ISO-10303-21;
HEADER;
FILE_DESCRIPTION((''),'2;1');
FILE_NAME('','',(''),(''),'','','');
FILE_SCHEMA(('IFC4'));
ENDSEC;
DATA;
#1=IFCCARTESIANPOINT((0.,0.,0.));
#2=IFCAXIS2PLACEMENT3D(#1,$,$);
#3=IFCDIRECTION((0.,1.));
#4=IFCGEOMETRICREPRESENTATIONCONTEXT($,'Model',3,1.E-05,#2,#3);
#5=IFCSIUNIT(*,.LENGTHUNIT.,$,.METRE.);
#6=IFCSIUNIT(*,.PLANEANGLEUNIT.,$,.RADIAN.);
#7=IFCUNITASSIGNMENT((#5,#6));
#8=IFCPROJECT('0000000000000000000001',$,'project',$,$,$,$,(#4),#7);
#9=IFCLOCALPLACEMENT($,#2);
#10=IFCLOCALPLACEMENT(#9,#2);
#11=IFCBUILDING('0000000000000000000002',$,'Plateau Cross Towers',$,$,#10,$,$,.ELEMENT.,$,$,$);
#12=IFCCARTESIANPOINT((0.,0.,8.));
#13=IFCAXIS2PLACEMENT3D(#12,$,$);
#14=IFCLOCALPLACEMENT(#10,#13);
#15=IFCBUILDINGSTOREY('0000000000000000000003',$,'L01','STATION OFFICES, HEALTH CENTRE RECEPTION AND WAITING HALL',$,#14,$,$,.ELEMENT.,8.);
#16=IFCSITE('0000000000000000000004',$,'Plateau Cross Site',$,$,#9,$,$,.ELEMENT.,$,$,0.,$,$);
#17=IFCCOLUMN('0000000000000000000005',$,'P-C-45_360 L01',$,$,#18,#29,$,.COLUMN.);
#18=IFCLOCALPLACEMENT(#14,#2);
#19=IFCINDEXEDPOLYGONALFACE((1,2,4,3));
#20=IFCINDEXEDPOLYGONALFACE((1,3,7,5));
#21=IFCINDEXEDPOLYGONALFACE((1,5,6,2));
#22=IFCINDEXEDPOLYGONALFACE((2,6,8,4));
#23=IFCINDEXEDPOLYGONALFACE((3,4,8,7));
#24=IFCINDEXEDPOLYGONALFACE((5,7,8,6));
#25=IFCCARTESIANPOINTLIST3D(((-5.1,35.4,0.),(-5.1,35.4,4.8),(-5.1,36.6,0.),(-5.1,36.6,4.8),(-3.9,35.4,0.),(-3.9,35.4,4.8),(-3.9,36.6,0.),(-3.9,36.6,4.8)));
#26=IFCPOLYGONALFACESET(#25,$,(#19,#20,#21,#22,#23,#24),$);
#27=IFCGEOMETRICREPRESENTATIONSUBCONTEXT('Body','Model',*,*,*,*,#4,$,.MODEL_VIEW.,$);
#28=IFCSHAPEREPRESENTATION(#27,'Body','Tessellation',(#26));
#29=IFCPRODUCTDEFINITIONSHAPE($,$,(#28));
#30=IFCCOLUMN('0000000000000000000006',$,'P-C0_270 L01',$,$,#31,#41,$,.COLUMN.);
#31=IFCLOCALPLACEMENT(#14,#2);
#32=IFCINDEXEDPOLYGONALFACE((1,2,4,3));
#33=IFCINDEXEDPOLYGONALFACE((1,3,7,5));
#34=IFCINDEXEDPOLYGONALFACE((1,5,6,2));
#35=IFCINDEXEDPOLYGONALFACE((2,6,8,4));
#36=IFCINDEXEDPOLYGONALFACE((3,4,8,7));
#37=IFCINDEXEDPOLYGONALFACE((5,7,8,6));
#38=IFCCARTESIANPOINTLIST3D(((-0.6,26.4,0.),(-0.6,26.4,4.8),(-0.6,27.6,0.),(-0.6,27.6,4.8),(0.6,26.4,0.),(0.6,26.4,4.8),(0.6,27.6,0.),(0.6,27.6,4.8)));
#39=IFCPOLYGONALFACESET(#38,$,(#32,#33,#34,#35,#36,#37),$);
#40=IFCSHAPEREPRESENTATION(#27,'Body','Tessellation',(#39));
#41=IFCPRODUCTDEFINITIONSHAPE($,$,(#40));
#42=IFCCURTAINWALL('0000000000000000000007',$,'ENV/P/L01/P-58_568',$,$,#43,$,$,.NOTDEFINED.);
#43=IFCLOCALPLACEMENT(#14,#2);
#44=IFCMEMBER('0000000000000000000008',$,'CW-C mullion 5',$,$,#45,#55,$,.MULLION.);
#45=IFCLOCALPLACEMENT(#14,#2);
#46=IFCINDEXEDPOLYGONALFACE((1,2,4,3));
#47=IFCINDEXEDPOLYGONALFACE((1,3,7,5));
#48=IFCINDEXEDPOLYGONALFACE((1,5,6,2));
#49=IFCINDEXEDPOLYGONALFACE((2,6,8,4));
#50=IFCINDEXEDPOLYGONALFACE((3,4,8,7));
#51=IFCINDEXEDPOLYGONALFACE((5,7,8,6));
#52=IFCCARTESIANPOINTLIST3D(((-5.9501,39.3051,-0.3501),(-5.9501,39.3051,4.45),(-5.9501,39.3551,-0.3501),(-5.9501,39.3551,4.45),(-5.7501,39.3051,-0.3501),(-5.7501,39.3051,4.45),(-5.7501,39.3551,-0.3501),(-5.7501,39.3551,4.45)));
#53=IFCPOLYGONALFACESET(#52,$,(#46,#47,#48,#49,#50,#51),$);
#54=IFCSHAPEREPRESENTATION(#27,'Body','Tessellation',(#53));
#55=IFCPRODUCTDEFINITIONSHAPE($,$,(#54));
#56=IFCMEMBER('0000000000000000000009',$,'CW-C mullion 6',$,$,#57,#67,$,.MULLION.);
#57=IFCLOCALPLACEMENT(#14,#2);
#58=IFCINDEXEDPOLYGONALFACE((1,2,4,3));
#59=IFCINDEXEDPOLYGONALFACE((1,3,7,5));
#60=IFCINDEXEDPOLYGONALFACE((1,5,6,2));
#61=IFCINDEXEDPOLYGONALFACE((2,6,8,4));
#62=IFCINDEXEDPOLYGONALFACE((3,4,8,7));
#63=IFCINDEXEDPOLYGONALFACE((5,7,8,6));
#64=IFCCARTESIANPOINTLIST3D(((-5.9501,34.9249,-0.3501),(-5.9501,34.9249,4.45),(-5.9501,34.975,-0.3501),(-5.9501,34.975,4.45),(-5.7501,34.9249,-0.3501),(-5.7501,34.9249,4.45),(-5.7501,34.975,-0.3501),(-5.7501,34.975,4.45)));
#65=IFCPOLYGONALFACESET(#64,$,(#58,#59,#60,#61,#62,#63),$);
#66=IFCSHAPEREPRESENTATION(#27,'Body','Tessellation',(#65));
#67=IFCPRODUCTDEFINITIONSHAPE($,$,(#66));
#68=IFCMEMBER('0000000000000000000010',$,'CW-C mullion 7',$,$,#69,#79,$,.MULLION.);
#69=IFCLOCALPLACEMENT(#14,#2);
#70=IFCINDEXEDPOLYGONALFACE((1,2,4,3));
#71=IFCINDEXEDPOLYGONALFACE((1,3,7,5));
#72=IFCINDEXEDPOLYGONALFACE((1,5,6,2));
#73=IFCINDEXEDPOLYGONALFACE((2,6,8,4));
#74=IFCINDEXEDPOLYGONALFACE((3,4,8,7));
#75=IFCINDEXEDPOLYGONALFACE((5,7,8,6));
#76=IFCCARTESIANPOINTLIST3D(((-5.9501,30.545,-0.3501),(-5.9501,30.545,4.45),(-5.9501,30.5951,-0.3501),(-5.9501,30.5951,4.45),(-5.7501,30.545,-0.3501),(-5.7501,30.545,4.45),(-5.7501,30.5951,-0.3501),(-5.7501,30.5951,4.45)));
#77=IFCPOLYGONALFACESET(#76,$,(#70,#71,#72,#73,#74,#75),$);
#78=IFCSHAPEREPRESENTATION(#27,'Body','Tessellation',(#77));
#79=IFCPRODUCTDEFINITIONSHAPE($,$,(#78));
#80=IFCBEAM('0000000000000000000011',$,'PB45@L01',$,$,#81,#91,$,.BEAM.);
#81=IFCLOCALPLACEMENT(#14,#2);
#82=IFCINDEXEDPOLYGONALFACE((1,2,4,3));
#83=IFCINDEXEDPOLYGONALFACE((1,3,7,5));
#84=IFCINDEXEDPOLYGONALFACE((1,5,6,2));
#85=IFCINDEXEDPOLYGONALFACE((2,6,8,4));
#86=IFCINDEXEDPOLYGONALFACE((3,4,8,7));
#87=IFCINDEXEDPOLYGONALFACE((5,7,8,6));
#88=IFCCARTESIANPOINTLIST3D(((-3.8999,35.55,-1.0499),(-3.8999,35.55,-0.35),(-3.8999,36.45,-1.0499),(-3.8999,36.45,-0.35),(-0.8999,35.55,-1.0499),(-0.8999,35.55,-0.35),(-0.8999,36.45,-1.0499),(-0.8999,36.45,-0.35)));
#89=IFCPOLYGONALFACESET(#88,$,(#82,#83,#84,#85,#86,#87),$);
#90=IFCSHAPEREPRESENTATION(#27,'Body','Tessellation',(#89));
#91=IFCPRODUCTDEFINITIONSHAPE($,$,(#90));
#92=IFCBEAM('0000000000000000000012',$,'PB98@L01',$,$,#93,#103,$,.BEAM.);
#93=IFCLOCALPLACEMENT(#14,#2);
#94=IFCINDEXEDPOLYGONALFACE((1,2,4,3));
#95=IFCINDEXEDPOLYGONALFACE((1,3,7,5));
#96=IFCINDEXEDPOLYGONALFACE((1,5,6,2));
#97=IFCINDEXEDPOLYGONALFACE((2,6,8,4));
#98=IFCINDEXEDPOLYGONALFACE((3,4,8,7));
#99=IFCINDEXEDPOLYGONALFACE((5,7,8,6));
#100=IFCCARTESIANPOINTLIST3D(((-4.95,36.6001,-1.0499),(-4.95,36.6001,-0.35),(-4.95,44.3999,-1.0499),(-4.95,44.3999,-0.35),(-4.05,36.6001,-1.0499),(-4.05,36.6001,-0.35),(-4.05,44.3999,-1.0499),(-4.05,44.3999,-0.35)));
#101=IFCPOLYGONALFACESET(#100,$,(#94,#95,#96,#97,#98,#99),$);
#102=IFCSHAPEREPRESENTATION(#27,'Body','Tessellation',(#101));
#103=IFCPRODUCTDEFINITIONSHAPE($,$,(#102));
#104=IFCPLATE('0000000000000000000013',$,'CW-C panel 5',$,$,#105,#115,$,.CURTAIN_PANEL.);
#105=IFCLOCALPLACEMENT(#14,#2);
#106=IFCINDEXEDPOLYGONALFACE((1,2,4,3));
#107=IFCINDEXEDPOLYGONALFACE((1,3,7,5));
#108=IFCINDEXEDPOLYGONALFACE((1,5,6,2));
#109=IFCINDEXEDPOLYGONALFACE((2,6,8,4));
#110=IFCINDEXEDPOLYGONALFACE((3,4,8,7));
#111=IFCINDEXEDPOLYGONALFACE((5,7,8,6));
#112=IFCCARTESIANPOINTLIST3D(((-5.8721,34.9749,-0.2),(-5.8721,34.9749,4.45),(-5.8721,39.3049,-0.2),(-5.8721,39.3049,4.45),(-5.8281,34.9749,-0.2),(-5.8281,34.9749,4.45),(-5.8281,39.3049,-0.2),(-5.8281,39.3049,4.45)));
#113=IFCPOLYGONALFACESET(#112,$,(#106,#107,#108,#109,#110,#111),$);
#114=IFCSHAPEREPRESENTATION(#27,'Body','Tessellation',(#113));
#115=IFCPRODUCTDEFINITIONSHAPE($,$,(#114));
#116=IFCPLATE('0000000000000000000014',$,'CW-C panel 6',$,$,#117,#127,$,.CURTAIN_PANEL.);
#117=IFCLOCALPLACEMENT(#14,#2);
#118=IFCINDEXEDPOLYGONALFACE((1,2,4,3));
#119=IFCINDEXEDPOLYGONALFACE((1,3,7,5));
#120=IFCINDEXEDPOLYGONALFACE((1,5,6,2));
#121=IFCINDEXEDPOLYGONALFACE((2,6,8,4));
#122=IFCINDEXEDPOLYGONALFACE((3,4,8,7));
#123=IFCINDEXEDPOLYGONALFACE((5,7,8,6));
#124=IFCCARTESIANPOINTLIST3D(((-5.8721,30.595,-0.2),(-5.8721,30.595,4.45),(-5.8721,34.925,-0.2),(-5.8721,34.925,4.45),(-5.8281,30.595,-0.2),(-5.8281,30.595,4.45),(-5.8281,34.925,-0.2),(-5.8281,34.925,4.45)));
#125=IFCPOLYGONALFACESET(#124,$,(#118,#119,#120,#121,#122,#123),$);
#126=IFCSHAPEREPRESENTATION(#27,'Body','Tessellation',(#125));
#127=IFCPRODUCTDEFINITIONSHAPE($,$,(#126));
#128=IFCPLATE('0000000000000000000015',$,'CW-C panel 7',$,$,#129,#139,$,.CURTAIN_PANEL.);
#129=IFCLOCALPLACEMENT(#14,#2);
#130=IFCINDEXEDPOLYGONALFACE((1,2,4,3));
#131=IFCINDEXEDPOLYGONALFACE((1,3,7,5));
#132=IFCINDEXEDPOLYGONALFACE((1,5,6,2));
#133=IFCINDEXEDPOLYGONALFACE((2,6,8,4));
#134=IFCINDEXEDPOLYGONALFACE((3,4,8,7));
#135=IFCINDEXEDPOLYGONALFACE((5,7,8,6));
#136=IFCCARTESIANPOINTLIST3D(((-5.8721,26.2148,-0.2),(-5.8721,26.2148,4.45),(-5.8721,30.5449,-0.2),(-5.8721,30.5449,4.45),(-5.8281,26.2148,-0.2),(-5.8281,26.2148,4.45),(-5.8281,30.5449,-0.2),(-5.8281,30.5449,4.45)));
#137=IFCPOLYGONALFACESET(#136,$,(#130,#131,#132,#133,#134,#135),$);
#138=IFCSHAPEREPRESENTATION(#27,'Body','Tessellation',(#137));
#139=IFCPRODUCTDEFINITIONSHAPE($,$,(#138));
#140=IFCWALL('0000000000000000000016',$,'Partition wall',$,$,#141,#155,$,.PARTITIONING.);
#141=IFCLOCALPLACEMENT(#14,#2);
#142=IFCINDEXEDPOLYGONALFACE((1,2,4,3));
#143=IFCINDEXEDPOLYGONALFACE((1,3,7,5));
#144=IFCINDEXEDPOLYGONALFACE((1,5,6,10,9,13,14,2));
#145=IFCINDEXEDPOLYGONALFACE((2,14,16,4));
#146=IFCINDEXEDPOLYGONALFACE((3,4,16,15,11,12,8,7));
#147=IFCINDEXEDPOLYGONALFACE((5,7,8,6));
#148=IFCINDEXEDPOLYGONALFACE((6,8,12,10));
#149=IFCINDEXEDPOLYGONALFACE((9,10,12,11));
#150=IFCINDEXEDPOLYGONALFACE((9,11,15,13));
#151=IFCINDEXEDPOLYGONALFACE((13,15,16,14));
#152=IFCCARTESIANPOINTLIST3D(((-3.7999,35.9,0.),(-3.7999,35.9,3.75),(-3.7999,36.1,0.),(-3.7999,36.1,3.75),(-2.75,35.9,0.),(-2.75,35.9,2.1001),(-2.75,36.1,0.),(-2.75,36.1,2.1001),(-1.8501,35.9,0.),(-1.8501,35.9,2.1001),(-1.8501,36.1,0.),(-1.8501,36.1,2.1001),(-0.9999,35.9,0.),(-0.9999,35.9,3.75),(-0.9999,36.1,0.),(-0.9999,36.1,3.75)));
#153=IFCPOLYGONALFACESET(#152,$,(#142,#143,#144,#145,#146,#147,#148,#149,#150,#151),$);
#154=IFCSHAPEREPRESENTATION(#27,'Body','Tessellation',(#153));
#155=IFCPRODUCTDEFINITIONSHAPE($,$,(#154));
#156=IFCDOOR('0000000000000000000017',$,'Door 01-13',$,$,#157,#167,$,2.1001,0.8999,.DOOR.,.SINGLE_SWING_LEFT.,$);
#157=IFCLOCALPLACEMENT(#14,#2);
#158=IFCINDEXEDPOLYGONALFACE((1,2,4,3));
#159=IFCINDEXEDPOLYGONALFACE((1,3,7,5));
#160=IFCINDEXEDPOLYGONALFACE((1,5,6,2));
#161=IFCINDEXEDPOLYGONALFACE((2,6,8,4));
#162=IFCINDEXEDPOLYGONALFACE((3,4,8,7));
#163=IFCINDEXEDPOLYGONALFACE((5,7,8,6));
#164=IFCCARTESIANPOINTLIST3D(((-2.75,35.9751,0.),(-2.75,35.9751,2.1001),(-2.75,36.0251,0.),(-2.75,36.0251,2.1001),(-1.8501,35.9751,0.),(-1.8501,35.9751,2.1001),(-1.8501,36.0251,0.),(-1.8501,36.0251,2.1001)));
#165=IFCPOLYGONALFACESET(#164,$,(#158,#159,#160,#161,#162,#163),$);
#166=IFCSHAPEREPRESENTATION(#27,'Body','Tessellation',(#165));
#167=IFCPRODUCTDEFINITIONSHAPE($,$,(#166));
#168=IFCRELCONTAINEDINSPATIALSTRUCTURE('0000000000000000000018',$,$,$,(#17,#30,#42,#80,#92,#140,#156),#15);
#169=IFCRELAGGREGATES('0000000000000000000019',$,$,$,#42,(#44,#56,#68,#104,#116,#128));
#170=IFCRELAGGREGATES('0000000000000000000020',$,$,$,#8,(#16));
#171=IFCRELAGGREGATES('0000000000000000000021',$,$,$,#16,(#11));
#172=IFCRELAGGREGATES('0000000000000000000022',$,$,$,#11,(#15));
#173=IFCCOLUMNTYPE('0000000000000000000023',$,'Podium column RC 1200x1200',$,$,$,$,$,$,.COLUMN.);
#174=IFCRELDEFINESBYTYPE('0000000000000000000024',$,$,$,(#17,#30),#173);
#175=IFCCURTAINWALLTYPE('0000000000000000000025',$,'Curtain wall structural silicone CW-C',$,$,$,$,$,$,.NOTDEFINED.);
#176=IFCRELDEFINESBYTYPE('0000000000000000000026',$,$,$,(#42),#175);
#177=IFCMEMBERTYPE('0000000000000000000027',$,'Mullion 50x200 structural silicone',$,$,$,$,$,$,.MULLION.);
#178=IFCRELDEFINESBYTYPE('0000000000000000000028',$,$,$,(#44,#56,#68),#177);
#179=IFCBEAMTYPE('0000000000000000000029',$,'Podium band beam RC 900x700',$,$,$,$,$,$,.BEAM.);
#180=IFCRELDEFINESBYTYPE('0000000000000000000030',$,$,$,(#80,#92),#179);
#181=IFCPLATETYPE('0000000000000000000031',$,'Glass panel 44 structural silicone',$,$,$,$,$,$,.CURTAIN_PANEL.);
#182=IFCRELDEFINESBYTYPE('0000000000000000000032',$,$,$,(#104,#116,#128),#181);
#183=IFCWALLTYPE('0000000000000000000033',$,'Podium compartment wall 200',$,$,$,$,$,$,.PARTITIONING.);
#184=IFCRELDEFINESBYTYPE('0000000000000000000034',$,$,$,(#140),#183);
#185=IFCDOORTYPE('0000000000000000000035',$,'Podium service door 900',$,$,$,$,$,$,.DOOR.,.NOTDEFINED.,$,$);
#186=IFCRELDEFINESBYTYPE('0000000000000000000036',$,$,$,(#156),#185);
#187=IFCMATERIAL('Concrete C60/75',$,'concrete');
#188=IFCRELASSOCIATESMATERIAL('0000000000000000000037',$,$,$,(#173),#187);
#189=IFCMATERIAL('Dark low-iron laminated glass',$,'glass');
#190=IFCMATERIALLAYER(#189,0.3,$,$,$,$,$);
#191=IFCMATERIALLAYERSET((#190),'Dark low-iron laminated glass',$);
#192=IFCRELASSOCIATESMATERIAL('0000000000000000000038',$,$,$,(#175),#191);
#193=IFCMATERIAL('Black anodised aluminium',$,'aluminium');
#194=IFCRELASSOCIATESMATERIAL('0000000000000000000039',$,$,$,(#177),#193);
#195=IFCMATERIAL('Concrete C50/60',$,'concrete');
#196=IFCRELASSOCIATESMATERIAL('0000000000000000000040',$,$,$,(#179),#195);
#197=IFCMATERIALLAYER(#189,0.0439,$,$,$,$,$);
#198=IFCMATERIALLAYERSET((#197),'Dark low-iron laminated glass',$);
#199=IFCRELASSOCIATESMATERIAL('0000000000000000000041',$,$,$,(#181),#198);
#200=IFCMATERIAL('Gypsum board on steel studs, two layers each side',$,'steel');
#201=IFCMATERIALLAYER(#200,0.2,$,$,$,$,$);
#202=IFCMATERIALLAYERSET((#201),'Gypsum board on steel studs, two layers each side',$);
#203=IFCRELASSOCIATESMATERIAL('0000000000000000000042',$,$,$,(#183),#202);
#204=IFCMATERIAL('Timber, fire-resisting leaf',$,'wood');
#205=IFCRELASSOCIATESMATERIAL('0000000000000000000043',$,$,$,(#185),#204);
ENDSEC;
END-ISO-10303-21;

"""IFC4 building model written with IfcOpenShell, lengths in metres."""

from ifc_helpers import new_model, si_unit, direction, frame, frame_2d, origin, origin_2d, place, context, subcontext, project, spatial, rectangle, extrude, material, layer, layer_set, material_profile, profile_set, type_object, element, fill, aggregate, save


model = new_model("IFC4")

# Units and contexts
model_context = context("Model", 3, precision=1e-05, world=origin(), true_north=direction((0.0, 1.0)))
body_context = subcontext(model_context, "Body", "Model", "MODEL_VIEW")
ifc_project = project(units=[si_unit("LENGTHUNIT", "METRE"), si_unit("PLANEANGLEUNIT", "RADIAN")], contexts=[model_context])

# Site, building, storey
site_placement = place(None, origin())
site = spatial("IfcSite", under=ifc_project, at=site_placement, Name="Plateau Cross Site", CompositionType="ELEMENT", RefElevation=0.0)
building_placement = place(site_placement, origin())
building = spatial("IfcBuilding", under=site, at=building_placement, Name="Plateau Cross Towers", CompositionType="ELEMENT")
storey_placement = place(building_placement, frame((0.0, 0.0, 8.0)))
storey = spatial("IfcBuildingStorey", under=building, at=storey_placement, Name="L01", Description="STATION OFFICES, HEALTH CENTRE RECEPTION AND WAITING HALL", CompositionType="ELEMENT", Elevation=8.0)

# Columns
ifc_material_1 = material(Name="Concrete C60/75", Category="concrete")
ifc_material_profile_1 = material_profile(ifc_material_1, rectangle(XDim=1.2, YDim=1.2, at=origin_2d()), Name="RC 1200x1200")
ifc_profile_set_1 = profile_set([ifc_material_profile_1], Name="Concrete C60/75")
column_type = type_object("IfcColumnType", Name="Podium column RC 1200x1200", PredefinedType="COLUMN", material=ifc_profile_set_1)
for number, where, z_axis, x_axis, name in (
    (1, (-4.5, 36.0, 0.0), (0.0, 0.0, 1.0), (1.0, 0.0, 0.0), "P-C-45_360 L01"),
    (2, (0.0, 27.0, 0.0), (0.0, 0.0, 1.0), (1.0, 0.0, 0.0), "P-C0_270 L01"),
):
    element("IfcColumn", number, at=place(storey_placement, frame(where, z_axis=z_axis, x_axis=x_axis)), inside=storey, type_object=column_type, Name=name, PredefinedType="COLUMN", context=body_context, shape_type="SweptSolid", body=[
        extrude(rectangle(XDim=1.2, YDim=1.2, at=origin_2d()), origin(), (0.0, 0.0, 1.0), 4.8),
    ])

# Curtain wall, members
ifc_material_2 = material(Name="Dark low-iron laminated glass", Category="glass")
ifc_layer_1 = layer(ifc_material_2, 0.3)
ifc_layer_set_1 = layer_set([ifc_layer_1], Name="Dark low-iron laminated glass")
curtain_wall_type = type_object("IfcCurtainWallType", Name="Curtain wall structural silicone CW-C", PredefinedType="NOTDEFINED", material=ifc_layer_set_1)
curtain_wall_placement = place(storey_placement, origin())
curtain_wall = element("IfcCurtainWall", 3, at=curtain_wall_placement, inside=storey, type_object=curtain_wall_type, Name="ENV/P/L01/P-58_568", PredefinedType="NOTDEFINED")
ifc_material_3 = material(Name="Black anodised aluminium", Category="aluminium")
ifc_material_profile_2 = material_profile(ifc_material_3, rectangle(XDim=0.05, YDim=0.2, at=origin_2d()), Name="MULLION 50x200")
ifc_profile_set_2 = profile_set([ifc_material_profile_2], Name="Black anodised aluminium")
member_type = type_object("IfcMemberType", Name="Mullion 50x200 structural silicone", PredefinedType="MULLION", material=ifc_profile_set_2)
member_1_placement = place(storey_placement, frame((-5.8501, 39.3301, -0.3501), z_axis=(0.0, 0.0, 1.0), x_axis=(0.0, -1.0, 0.0)))
member_1 = element("IfcMember", 4, at=member_1_placement, type_object=member_type, Name="CW-C mullion 5", PredefinedType="MULLION", context=body_context, shape_type="SweptSolid", body=[
    extrude(rectangle(XDim=0.05, YDim=0.2, at=origin_2d()), origin(), (0.0, 0.0, 1.0), 4.8),
])
member_2_placement = place(storey_placement, frame((-5.8501, 34.95, -0.3501), z_axis=(0.0, 0.0, 1.0), x_axis=(0.0, -1.0, 0.0)))
member_2 = element("IfcMember", 5, at=member_2_placement, type_object=member_type, Name="CW-C mullion 6", PredefinedType="MULLION", context=body_context, shape_type="SweptSolid", body=[
    extrude(rectangle(XDim=0.05, YDim=0.2, at=origin_2d()), origin(), (0.0, 0.0, 1.0), 4.8),
])
member_3_placement = place(storey_placement, frame((-5.8501, 30.5701, -0.3501), z_axis=(0.0, 0.0, 1.0), x_axis=(0.0, -1.0, 0.0)))
member_3 = element("IfcMember", 6, at=member_3_placement, type_object=member_type, Name="CW-C mullion 7", PredefinedType="MULLION", context=body_context, shape_type="SweptSolid", body=[
    extrude(rectangle(XDim=0.05, YDim=0.2, at=origin_2d()), origin(), (0.0, 0.0, 1.0), 4.8),
])

# Beams
ifc_material_4 = material(Name="Concrete C50/60", Category="concrete")
ifc_material_profile_3 = material_profile(ifc_material_4, rectangle(XDim=0.8999, YDim=0.7, at=origin_2d()), Name="RC 900x700")
ifc_profile_set_3 = profile_set([ifc_material_profile_3], Name="Concrete C50/60")
beam_type = type_object("IfcBeamType", Name="Podium band beam RC 900x700", PredefinedType="BEAM", material=ifc_profile_set_3)
beam_1_placement = place(storey_placement, frame((-3.8999, 36.0, -0.7), z_axis=(1.0, 0.0, 0.0), x_axis=(0.0, 1.0, 0.0)))
element("IfcBeam", 7, at=beam_1_placement, inside=storey, type_object=beam_type, Name="PB45@L01", PredefinedType="BEAM", context=body_context, shape_type="SweptSolid", body=[
    extrude(rectangle(XDim=0.8999, YDim=0.7, at=origin_2d()), origin(), (0.0, 0.0, 1.0), 3.0),
])
beam_2_placement = place(storey_placement, frame((-4.5, 36.6001, -0.7), z_axis=(0.0, 1.0, 0.0), x_axis=(-1.0, 0.0, 0.0)))
element("IfcBeam", 8, at=beam_2_placement, inside=storey, type_object=beam_type, Name="PB98@L01", PredefinedType="BEAM", context=body_context, shape_type="SweptSolid", body=[
    extrude(rectangle(XDim=0.8999, YDim=0.7, at=origin_2d()), origin(), (0.0, 0.0, 1.0), 7.7998),
])

# Plates
ifc_layer_2 = layer(ifc_material_2, 0.0439)
ifc_layer_set_2 = layer_set([ifc_layer_2], Name="Dark low-iron laminated glass")
plate_type = type_object("IfcPlateType", Name="Glass panel 44 structural silicone", PredefinedType="CURTAIN_PANEL", material=ifc_layer_set_2)
plate_1_placement = place(storey_placement, frame((-5.8501, 37.1399, -0.2), z_axis=(0.0, 0.0, 1.0), x_axis=(0.0, -1.0, 0.0)))
plate_1 = element("IfcPlate", 9, at=plate_1_placement, type_object=plate_type, Name="CW-C panel 5", PredefinedType="CURTAIN_PANEL", context=body_context, shape_type="SweptSolid", body=[
    extrude(rectangle(XDim=4.3301, YDim=0.0439, at=origin_2d()), origin(), (0.0, 0.0, 1.0), 4.6499),
])
plate_2_placement = place(storey_placement, frame((-5.8501, 32.76, -0.2), z_axis=(0.0, 0.0, 1.0), x_axis=(0.0, -1.0, 0.0)))
plate_2 = element("IfcPlate", 10, at=plate_2_placement, type_object=plate_type, Name="CW-C panel 6", PredefinedType="CURTAIN_PANEL", context=body_context, shape_type="SweptSolid", body=[
    extrude(rectangle(XDim=4.3301, YDim=0.0439, at=origin_2d()), origin(), (0.0, 0.0, 1.0), 4.6499),
])
plate_3_placement = place(storey_placement, frame((-5.8501, 28.3799, -0.2), z_axis=(0.0, 0.0, 1.0), x_axis=(0.0, -1.0, 0.0)))
plate_3 = element("IfcPlate", 11, at=plate_3_placement, type_object=plate_type, Name="CW-C panel 7", PredefinedType="CURTAIN_PANEL", context=body_context, shape_type="SweptSolid", body=[
    extrude(rectangle(XDim=4.3301, YDim=0.0439, at=origin_2d()), origin(), (0.0, 0.0, 1.0), 4.6499),
])
aggregate(curtain_wall, [member_1, member_2, member_3, plate_1, plate_2, plate_3])

# Wall, opening, door
ifc_material_5 = material(Name="Gypsum board on steel studs, two layers each side", Category="steel")
ifc_layer_3 = layer(ifc_material_5, 0.2)
ifc_layer_set_3 = layer_set([ifc_layer_3], Name="Gypsum board on steel studs, two layers each side")
wall_type_1 = type_object("IfcWallType", Name="Podium compartment wall 200", PredefinedType="PARTITIONING", material=ifc_layer_set_3)
wall_1_placement = place(storey_placement, frame((-1.0, 36.0, 0.0), z_axis=(0.0, 0.0, 1.0), x_axis=(-1.0, 0.0, 0.0)))
wall_1 = element("IfcWall", 12, at=wall_1_placement, inside=storey, type_object=wall_type_1, Name="Partition wall", PredefinedType="PARTITIONING", context=body_context, shape_type="SweptSolid", body=[
    extrude(rectangle(XDim=2.8, YDim=0.2, at=frame_2d((1.3999, 0.0))), origin(), (0.0, 0.0, 1.0), 3.75),
])
opening_1_placement = place(wall_1_placement, frame((0.8501, 0.0, 0.0)))
opening_1 = element("IfcOpeningElement", 13, at=opening_1_placement, cuts=wall_1, PredefinedType="OPENING", context=body_context, shape_type="SweptSolid", body=[
    extrude(rectangle(XDim=0.8999, YDim=2.1001, at=frame_2d((0.45, 1.05))), frame((0.0, 0.1099, 0.0), z_axis=(0.0, -1.0, 0.0), x_axis=(1.0, 0.0, 0.0)), (0.0, 0.0, 1.0), 0.22),
])
ifc_material_6 = material(Name="Timber, fire-resisting leaf", Category="wood")
door_type_1 = type_object("IfcDoorType", Name="Podium service door 900", OperationType="NOTDEFINED", PredefinedType="DOOR", material=ifc_material_6)
door_1_placement = place(opening_1_placement, origin())
door_1 = element("IfcDoor", 14, at=door_1_placement, inside=storey, type_object=door_type_1, Name="Door 01-13", OperationType="SINGLE_SWING_LEFT", OverallHeight=2.1001, OverallWidth=0.8999, PredefinedType="DOOR", context=body_context, shape_type="SweptSolid", body=[
    extrude(rectangle(XDim=0.8999, YDim=2.1001, at=frame_2d((0.45, 1.05))), frame((0.0, 0.0249, 0.0), z_axis=(0.0, -1.0, 0.0), x_axis=(1.0, 0.0, 0.0)), (0.0, 0.0, 1.0), 0.05),
])
fill(opening_1, door_1)

save(model, "model.ifc")
